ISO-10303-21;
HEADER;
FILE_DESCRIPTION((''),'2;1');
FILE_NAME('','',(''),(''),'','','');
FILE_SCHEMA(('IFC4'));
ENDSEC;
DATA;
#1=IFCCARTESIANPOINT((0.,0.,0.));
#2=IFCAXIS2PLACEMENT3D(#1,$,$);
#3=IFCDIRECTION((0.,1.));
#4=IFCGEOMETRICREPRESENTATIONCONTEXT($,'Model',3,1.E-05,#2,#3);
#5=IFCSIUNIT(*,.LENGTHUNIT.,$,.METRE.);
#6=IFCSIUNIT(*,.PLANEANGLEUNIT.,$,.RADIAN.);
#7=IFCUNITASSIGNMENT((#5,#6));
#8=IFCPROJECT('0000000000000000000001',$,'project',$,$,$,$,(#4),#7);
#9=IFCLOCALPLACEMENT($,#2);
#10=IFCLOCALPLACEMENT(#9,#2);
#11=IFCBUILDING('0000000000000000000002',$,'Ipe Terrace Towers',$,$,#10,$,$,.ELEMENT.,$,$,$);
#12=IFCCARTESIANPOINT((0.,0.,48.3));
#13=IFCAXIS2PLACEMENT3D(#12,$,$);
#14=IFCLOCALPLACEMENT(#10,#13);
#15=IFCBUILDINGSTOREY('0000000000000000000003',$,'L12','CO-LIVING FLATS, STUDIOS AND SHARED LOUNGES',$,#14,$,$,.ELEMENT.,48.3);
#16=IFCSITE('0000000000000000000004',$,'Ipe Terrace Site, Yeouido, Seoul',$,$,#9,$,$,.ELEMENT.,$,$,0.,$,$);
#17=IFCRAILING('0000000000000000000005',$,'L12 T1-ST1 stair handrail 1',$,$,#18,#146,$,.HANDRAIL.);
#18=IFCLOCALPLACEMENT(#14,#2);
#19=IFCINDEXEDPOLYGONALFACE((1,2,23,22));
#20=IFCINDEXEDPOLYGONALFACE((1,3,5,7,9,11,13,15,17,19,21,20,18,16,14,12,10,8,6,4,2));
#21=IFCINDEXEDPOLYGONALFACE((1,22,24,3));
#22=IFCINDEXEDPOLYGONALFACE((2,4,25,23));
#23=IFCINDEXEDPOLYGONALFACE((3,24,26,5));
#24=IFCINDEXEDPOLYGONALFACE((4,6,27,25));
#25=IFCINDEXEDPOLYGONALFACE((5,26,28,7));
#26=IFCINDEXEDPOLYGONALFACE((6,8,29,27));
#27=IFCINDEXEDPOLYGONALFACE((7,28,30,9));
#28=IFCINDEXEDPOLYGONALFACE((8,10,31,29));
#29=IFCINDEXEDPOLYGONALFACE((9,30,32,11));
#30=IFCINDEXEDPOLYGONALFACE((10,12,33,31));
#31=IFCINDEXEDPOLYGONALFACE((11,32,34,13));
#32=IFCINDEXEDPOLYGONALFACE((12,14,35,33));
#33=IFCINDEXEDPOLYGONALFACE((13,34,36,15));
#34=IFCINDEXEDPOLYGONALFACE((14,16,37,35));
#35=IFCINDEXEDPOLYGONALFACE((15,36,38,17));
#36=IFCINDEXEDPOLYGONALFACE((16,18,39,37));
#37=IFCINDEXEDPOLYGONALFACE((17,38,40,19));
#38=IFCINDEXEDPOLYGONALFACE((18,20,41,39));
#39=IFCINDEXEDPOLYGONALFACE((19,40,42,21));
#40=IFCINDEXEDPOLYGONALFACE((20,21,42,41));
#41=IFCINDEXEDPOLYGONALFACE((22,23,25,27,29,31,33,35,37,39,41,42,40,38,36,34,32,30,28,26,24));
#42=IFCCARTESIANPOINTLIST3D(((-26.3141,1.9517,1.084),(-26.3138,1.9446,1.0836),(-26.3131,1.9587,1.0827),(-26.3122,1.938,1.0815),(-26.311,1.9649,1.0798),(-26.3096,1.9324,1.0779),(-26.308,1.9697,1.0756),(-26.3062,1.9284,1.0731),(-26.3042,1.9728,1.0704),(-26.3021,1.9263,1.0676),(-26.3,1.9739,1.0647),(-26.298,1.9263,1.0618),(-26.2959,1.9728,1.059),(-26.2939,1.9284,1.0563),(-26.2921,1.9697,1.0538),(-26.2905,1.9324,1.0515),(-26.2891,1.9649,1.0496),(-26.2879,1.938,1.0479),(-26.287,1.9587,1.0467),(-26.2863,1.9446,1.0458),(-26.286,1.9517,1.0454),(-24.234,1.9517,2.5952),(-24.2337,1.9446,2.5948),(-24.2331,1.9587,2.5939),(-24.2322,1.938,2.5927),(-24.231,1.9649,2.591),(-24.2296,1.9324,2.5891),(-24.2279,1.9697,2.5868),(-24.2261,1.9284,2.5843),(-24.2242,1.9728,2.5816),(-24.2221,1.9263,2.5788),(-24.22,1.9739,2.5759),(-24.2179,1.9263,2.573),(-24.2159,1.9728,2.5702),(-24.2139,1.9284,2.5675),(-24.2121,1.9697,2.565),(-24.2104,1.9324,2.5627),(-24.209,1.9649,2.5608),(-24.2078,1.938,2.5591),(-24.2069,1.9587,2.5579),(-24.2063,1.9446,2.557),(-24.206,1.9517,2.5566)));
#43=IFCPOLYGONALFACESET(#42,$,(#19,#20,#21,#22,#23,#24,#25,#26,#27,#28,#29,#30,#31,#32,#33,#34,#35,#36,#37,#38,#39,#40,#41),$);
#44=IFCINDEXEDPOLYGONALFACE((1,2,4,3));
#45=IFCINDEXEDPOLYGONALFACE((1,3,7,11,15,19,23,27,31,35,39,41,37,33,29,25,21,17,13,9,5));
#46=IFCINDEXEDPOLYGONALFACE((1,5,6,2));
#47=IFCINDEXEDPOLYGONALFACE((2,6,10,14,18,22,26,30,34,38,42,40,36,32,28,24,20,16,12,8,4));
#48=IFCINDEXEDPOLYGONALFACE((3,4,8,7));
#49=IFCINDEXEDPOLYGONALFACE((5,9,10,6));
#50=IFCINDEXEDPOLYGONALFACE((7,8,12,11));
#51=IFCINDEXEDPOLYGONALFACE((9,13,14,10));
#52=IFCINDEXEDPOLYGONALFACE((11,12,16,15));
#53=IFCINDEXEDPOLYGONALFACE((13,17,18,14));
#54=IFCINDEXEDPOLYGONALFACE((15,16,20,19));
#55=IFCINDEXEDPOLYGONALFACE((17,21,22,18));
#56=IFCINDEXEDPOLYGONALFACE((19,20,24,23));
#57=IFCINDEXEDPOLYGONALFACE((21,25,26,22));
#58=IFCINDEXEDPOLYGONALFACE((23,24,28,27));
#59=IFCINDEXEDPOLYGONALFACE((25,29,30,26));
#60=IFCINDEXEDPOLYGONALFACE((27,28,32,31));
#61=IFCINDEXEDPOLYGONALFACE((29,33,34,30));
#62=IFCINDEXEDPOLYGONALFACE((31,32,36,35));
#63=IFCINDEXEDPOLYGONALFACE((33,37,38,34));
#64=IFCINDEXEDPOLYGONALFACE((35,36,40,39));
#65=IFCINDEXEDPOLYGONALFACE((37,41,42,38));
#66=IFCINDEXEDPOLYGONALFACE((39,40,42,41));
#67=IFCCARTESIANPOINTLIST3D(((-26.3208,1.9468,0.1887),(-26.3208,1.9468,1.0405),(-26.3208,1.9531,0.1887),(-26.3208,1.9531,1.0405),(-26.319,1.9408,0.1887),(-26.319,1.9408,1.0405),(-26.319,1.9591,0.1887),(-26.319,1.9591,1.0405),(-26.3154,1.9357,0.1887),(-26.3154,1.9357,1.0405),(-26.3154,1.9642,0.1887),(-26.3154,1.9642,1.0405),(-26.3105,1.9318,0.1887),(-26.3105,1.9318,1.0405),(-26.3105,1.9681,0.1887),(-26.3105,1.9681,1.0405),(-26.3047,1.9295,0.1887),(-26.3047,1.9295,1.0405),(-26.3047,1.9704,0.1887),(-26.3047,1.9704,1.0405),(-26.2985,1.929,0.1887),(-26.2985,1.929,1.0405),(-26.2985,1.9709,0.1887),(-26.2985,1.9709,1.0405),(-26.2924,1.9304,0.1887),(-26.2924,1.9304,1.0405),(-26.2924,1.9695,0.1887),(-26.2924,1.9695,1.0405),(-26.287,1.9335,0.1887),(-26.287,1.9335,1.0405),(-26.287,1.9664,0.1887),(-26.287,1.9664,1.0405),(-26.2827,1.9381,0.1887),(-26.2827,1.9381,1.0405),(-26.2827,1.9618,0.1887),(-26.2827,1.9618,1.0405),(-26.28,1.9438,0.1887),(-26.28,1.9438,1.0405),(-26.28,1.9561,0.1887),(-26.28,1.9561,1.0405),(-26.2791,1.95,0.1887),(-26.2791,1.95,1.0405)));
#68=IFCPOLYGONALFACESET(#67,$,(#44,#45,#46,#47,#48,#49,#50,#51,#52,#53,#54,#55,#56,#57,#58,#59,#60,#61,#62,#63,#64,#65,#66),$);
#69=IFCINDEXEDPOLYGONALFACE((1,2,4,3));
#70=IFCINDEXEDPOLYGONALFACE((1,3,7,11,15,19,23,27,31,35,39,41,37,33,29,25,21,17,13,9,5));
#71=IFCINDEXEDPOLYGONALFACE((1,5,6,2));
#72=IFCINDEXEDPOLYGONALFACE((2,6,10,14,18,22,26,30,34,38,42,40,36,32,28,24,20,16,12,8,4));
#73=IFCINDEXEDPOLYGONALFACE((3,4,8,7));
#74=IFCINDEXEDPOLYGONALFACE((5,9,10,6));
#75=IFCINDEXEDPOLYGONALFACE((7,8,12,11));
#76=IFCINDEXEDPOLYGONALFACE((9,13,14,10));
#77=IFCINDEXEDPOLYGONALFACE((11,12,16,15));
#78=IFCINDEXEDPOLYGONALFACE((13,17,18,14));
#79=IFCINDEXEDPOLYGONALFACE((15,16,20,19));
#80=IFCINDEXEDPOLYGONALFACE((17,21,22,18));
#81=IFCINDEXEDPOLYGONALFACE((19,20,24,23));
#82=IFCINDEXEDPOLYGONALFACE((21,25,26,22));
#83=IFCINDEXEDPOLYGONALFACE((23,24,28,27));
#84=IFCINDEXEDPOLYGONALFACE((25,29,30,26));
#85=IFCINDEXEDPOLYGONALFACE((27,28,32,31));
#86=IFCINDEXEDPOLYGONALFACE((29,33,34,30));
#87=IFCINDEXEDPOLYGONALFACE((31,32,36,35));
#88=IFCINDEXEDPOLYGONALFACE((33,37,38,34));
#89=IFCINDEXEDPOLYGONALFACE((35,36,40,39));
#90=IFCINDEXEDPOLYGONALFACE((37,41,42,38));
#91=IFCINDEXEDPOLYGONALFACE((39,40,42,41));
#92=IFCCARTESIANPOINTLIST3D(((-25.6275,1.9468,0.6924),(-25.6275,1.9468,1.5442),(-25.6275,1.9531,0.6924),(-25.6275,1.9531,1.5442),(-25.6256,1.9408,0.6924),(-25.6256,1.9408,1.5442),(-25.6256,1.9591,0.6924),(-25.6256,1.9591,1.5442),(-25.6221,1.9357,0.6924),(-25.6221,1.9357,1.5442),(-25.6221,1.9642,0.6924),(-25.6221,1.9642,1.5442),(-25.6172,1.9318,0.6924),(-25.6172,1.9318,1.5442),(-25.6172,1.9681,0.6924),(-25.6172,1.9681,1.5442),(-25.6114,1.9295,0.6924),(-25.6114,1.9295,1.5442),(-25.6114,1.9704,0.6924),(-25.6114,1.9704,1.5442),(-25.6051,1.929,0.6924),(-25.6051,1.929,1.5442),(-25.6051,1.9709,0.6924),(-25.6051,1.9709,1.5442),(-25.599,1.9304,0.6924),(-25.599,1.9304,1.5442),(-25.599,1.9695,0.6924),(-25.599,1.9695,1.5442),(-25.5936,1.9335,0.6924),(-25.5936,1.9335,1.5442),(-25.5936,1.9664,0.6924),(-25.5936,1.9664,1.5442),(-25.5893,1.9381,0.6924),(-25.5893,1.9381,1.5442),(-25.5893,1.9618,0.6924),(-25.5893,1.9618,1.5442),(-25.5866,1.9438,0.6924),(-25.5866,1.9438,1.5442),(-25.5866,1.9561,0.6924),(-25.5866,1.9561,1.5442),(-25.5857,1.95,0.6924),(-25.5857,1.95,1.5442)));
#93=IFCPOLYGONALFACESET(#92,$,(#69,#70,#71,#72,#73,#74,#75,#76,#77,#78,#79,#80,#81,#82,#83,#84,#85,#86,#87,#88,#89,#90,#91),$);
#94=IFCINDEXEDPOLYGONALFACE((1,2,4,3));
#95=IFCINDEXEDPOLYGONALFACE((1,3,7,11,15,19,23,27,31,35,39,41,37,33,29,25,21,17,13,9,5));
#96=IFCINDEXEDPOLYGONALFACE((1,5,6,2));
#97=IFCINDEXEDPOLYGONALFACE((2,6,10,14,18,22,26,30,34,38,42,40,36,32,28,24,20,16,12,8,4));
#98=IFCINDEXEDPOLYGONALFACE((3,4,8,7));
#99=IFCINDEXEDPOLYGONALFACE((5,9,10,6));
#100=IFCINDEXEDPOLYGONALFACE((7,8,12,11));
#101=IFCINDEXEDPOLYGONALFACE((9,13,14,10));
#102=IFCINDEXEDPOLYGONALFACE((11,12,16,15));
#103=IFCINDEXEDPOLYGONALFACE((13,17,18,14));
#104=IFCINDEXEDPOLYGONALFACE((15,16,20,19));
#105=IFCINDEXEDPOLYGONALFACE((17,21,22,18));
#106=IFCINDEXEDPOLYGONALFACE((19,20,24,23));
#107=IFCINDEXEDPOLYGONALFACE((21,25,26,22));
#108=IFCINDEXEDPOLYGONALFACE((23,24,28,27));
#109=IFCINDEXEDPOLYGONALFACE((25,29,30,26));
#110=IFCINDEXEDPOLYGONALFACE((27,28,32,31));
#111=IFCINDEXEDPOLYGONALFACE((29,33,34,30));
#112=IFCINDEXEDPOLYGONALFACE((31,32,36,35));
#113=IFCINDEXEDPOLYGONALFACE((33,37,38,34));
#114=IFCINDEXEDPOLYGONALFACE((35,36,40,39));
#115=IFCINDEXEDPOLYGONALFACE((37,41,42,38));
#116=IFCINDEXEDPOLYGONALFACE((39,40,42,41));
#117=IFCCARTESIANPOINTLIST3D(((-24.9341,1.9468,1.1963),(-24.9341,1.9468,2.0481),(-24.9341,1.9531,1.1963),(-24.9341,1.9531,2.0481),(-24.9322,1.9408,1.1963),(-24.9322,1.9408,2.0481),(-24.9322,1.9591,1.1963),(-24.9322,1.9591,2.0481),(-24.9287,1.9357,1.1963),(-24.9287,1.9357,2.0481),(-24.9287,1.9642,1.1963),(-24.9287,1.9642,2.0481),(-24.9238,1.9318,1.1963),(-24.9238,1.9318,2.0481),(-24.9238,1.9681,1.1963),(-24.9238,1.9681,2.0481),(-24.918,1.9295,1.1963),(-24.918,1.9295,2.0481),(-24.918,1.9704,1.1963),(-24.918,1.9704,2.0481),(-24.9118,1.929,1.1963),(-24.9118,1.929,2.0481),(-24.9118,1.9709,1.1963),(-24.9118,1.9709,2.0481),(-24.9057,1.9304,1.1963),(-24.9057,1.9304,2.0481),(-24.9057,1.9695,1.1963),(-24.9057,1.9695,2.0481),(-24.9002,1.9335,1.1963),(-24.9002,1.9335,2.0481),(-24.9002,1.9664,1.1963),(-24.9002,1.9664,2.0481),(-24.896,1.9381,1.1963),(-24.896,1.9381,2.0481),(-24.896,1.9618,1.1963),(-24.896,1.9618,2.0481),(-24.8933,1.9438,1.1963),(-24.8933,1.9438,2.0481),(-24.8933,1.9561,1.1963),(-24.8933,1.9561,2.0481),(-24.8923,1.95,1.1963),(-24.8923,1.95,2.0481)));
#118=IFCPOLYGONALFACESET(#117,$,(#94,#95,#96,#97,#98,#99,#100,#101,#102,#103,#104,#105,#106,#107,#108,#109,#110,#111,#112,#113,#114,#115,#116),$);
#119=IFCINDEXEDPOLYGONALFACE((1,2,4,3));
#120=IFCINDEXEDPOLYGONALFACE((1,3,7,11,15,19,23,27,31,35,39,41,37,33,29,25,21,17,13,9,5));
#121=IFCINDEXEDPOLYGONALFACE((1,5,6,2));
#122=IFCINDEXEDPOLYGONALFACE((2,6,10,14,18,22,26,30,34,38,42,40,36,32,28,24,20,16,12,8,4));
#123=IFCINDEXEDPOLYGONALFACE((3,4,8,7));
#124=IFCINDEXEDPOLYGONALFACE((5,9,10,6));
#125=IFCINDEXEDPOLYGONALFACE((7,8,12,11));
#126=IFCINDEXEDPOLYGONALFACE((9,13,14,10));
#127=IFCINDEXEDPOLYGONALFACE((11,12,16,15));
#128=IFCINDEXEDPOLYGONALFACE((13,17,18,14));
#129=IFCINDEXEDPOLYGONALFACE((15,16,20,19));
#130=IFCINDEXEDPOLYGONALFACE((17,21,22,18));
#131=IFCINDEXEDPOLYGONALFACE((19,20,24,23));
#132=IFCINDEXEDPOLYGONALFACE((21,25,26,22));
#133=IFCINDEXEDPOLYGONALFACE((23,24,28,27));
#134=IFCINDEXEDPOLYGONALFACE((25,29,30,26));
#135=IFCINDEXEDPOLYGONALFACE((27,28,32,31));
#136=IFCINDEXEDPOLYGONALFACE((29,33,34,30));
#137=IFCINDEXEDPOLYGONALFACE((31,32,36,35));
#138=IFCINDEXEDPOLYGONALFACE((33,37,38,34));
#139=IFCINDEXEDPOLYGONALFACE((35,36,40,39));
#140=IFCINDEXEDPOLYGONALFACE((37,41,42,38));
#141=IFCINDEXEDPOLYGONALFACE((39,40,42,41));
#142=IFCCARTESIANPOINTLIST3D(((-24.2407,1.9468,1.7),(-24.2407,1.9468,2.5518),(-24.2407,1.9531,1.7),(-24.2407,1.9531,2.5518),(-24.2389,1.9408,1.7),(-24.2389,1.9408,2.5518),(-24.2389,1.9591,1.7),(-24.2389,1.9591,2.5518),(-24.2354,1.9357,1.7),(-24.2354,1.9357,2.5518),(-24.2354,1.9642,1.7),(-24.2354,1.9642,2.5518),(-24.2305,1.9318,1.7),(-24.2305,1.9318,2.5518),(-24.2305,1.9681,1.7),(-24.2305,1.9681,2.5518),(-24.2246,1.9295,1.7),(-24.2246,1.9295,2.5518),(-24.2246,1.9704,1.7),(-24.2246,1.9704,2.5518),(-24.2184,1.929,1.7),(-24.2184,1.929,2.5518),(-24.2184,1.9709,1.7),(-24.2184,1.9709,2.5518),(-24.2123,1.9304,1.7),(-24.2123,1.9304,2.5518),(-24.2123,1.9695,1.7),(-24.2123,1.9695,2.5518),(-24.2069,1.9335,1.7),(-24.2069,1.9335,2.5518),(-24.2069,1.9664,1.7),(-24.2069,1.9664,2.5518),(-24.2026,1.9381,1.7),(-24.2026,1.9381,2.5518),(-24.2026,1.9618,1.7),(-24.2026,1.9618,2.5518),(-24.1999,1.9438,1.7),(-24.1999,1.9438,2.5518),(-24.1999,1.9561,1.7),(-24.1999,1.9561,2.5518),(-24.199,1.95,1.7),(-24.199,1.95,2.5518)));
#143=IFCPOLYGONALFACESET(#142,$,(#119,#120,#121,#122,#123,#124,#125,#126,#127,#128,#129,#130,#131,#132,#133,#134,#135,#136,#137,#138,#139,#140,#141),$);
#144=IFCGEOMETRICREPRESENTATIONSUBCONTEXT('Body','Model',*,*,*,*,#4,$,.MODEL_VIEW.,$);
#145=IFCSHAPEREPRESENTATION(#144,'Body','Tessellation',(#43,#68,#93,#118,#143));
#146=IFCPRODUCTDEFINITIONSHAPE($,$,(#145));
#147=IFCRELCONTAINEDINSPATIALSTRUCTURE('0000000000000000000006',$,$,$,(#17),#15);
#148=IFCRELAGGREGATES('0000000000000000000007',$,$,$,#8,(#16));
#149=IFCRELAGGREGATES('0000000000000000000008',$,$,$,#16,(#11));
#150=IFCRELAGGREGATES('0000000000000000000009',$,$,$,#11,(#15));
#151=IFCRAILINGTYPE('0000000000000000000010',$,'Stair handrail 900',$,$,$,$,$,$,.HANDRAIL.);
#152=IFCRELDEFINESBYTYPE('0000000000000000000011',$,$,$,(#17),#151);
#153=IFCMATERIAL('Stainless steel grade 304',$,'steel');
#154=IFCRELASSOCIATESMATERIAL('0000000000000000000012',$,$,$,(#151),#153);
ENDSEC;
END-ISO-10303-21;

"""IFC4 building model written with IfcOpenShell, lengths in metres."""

from ifc_helpers import new_model, si_unit, direction, frame, origin, origin_2d, place, context, subcontext, project, spatial, circle, extrude, material, type_object, element, save


model = new_model("IFC4")

# Units and contexts
model_context = context("Model", 3, precision=1e-05, world=origin(), true_north=direction((0.0, 1.0)))
body_context = subcontext(model_context, "Body", "Model", "MODEL_VIEW")
ifc_project = project(units=[si_unit("LENGTHUNIT", "METRE"), si_unit("PLANEANGLEUNIT", "RADIAN")], contexts=[model_context])

# Site, building, storey
site_placement = place(None, origin())
site = spatial("IfcSite", under=ifc_project, at=site_placement, Name="Ipe Terrace Site, Yeouido, Seoul", CompositionType="ELEMENT", RefElevation=0.0)
building_placement = place(site_placement, origin())
building = spatial("IfcBuilding", under=site, at=building_placement, Name="Ipe Terrace Towers", CompositionType="ELEMENT")
storey_placement = place(building_placement, frame((0.0, 0.0, 48.3)))
storey = spatial("IfcBuildingStorey", under=building, at=storey_placement, Name="L12", Description="CO-LIVING FLATS, STUDIOS AND SHARED LOUNGES", CompositionType="ELEMENT", Elevation=48.3)

# Railing
ifc_material_1 = material(Name="Stainless steel grade 304", Category="steel")
railing_type = type_object("IfcRailingType", Name="Stair handrail 900", PredefinedType="HANDRAIL", material=ifc_material_1)
railing_1_placement = place(storey_placement, frame((-26.3, 1.95, 0.1887)))
element("IfcRailing", 1, at=railing_1_placement, inside=storey, type_object=railing_type, Name="L12 T1-ST1 stair handrail 1", PredefinedType="HANDRAIL", context=body_context, shape_type="SweptSolid", body=[
    extrude(circle(Radius=0.0239, at=origin_2d()), frame((0.0, 0.0, 0.876), z_axis=(0.809023, 0.0, 0.587776), x_axis=(0.0, 1.0, 0.0)), (0.0, 0.0, 1.0), 2.571),
    extrude(circle(Radius=0.021, at=origin_2d()), origin(), (0.0, 0.0, 1.0), 0.8518),
    extrude(circle(Radius=0.021, at=origin_2d()), frame((0.6934, 0.0, 0.5037)), (0.0, 0.0, 1.0), 0.8518),
    extrude(circle(Radius=0.021, at=origin_2d()), frame((1.3867, 0.0, 1.0076)), (0.0, 0.0, 1.0), 0.8518),
    extrude(circle(Radius=0.021, at=origin_2d()), frame((2.0801, 0.0, 1.5112)), (0.0, 0.0, 1.0), 0.8518),
])

save(model, "model.ifc")
